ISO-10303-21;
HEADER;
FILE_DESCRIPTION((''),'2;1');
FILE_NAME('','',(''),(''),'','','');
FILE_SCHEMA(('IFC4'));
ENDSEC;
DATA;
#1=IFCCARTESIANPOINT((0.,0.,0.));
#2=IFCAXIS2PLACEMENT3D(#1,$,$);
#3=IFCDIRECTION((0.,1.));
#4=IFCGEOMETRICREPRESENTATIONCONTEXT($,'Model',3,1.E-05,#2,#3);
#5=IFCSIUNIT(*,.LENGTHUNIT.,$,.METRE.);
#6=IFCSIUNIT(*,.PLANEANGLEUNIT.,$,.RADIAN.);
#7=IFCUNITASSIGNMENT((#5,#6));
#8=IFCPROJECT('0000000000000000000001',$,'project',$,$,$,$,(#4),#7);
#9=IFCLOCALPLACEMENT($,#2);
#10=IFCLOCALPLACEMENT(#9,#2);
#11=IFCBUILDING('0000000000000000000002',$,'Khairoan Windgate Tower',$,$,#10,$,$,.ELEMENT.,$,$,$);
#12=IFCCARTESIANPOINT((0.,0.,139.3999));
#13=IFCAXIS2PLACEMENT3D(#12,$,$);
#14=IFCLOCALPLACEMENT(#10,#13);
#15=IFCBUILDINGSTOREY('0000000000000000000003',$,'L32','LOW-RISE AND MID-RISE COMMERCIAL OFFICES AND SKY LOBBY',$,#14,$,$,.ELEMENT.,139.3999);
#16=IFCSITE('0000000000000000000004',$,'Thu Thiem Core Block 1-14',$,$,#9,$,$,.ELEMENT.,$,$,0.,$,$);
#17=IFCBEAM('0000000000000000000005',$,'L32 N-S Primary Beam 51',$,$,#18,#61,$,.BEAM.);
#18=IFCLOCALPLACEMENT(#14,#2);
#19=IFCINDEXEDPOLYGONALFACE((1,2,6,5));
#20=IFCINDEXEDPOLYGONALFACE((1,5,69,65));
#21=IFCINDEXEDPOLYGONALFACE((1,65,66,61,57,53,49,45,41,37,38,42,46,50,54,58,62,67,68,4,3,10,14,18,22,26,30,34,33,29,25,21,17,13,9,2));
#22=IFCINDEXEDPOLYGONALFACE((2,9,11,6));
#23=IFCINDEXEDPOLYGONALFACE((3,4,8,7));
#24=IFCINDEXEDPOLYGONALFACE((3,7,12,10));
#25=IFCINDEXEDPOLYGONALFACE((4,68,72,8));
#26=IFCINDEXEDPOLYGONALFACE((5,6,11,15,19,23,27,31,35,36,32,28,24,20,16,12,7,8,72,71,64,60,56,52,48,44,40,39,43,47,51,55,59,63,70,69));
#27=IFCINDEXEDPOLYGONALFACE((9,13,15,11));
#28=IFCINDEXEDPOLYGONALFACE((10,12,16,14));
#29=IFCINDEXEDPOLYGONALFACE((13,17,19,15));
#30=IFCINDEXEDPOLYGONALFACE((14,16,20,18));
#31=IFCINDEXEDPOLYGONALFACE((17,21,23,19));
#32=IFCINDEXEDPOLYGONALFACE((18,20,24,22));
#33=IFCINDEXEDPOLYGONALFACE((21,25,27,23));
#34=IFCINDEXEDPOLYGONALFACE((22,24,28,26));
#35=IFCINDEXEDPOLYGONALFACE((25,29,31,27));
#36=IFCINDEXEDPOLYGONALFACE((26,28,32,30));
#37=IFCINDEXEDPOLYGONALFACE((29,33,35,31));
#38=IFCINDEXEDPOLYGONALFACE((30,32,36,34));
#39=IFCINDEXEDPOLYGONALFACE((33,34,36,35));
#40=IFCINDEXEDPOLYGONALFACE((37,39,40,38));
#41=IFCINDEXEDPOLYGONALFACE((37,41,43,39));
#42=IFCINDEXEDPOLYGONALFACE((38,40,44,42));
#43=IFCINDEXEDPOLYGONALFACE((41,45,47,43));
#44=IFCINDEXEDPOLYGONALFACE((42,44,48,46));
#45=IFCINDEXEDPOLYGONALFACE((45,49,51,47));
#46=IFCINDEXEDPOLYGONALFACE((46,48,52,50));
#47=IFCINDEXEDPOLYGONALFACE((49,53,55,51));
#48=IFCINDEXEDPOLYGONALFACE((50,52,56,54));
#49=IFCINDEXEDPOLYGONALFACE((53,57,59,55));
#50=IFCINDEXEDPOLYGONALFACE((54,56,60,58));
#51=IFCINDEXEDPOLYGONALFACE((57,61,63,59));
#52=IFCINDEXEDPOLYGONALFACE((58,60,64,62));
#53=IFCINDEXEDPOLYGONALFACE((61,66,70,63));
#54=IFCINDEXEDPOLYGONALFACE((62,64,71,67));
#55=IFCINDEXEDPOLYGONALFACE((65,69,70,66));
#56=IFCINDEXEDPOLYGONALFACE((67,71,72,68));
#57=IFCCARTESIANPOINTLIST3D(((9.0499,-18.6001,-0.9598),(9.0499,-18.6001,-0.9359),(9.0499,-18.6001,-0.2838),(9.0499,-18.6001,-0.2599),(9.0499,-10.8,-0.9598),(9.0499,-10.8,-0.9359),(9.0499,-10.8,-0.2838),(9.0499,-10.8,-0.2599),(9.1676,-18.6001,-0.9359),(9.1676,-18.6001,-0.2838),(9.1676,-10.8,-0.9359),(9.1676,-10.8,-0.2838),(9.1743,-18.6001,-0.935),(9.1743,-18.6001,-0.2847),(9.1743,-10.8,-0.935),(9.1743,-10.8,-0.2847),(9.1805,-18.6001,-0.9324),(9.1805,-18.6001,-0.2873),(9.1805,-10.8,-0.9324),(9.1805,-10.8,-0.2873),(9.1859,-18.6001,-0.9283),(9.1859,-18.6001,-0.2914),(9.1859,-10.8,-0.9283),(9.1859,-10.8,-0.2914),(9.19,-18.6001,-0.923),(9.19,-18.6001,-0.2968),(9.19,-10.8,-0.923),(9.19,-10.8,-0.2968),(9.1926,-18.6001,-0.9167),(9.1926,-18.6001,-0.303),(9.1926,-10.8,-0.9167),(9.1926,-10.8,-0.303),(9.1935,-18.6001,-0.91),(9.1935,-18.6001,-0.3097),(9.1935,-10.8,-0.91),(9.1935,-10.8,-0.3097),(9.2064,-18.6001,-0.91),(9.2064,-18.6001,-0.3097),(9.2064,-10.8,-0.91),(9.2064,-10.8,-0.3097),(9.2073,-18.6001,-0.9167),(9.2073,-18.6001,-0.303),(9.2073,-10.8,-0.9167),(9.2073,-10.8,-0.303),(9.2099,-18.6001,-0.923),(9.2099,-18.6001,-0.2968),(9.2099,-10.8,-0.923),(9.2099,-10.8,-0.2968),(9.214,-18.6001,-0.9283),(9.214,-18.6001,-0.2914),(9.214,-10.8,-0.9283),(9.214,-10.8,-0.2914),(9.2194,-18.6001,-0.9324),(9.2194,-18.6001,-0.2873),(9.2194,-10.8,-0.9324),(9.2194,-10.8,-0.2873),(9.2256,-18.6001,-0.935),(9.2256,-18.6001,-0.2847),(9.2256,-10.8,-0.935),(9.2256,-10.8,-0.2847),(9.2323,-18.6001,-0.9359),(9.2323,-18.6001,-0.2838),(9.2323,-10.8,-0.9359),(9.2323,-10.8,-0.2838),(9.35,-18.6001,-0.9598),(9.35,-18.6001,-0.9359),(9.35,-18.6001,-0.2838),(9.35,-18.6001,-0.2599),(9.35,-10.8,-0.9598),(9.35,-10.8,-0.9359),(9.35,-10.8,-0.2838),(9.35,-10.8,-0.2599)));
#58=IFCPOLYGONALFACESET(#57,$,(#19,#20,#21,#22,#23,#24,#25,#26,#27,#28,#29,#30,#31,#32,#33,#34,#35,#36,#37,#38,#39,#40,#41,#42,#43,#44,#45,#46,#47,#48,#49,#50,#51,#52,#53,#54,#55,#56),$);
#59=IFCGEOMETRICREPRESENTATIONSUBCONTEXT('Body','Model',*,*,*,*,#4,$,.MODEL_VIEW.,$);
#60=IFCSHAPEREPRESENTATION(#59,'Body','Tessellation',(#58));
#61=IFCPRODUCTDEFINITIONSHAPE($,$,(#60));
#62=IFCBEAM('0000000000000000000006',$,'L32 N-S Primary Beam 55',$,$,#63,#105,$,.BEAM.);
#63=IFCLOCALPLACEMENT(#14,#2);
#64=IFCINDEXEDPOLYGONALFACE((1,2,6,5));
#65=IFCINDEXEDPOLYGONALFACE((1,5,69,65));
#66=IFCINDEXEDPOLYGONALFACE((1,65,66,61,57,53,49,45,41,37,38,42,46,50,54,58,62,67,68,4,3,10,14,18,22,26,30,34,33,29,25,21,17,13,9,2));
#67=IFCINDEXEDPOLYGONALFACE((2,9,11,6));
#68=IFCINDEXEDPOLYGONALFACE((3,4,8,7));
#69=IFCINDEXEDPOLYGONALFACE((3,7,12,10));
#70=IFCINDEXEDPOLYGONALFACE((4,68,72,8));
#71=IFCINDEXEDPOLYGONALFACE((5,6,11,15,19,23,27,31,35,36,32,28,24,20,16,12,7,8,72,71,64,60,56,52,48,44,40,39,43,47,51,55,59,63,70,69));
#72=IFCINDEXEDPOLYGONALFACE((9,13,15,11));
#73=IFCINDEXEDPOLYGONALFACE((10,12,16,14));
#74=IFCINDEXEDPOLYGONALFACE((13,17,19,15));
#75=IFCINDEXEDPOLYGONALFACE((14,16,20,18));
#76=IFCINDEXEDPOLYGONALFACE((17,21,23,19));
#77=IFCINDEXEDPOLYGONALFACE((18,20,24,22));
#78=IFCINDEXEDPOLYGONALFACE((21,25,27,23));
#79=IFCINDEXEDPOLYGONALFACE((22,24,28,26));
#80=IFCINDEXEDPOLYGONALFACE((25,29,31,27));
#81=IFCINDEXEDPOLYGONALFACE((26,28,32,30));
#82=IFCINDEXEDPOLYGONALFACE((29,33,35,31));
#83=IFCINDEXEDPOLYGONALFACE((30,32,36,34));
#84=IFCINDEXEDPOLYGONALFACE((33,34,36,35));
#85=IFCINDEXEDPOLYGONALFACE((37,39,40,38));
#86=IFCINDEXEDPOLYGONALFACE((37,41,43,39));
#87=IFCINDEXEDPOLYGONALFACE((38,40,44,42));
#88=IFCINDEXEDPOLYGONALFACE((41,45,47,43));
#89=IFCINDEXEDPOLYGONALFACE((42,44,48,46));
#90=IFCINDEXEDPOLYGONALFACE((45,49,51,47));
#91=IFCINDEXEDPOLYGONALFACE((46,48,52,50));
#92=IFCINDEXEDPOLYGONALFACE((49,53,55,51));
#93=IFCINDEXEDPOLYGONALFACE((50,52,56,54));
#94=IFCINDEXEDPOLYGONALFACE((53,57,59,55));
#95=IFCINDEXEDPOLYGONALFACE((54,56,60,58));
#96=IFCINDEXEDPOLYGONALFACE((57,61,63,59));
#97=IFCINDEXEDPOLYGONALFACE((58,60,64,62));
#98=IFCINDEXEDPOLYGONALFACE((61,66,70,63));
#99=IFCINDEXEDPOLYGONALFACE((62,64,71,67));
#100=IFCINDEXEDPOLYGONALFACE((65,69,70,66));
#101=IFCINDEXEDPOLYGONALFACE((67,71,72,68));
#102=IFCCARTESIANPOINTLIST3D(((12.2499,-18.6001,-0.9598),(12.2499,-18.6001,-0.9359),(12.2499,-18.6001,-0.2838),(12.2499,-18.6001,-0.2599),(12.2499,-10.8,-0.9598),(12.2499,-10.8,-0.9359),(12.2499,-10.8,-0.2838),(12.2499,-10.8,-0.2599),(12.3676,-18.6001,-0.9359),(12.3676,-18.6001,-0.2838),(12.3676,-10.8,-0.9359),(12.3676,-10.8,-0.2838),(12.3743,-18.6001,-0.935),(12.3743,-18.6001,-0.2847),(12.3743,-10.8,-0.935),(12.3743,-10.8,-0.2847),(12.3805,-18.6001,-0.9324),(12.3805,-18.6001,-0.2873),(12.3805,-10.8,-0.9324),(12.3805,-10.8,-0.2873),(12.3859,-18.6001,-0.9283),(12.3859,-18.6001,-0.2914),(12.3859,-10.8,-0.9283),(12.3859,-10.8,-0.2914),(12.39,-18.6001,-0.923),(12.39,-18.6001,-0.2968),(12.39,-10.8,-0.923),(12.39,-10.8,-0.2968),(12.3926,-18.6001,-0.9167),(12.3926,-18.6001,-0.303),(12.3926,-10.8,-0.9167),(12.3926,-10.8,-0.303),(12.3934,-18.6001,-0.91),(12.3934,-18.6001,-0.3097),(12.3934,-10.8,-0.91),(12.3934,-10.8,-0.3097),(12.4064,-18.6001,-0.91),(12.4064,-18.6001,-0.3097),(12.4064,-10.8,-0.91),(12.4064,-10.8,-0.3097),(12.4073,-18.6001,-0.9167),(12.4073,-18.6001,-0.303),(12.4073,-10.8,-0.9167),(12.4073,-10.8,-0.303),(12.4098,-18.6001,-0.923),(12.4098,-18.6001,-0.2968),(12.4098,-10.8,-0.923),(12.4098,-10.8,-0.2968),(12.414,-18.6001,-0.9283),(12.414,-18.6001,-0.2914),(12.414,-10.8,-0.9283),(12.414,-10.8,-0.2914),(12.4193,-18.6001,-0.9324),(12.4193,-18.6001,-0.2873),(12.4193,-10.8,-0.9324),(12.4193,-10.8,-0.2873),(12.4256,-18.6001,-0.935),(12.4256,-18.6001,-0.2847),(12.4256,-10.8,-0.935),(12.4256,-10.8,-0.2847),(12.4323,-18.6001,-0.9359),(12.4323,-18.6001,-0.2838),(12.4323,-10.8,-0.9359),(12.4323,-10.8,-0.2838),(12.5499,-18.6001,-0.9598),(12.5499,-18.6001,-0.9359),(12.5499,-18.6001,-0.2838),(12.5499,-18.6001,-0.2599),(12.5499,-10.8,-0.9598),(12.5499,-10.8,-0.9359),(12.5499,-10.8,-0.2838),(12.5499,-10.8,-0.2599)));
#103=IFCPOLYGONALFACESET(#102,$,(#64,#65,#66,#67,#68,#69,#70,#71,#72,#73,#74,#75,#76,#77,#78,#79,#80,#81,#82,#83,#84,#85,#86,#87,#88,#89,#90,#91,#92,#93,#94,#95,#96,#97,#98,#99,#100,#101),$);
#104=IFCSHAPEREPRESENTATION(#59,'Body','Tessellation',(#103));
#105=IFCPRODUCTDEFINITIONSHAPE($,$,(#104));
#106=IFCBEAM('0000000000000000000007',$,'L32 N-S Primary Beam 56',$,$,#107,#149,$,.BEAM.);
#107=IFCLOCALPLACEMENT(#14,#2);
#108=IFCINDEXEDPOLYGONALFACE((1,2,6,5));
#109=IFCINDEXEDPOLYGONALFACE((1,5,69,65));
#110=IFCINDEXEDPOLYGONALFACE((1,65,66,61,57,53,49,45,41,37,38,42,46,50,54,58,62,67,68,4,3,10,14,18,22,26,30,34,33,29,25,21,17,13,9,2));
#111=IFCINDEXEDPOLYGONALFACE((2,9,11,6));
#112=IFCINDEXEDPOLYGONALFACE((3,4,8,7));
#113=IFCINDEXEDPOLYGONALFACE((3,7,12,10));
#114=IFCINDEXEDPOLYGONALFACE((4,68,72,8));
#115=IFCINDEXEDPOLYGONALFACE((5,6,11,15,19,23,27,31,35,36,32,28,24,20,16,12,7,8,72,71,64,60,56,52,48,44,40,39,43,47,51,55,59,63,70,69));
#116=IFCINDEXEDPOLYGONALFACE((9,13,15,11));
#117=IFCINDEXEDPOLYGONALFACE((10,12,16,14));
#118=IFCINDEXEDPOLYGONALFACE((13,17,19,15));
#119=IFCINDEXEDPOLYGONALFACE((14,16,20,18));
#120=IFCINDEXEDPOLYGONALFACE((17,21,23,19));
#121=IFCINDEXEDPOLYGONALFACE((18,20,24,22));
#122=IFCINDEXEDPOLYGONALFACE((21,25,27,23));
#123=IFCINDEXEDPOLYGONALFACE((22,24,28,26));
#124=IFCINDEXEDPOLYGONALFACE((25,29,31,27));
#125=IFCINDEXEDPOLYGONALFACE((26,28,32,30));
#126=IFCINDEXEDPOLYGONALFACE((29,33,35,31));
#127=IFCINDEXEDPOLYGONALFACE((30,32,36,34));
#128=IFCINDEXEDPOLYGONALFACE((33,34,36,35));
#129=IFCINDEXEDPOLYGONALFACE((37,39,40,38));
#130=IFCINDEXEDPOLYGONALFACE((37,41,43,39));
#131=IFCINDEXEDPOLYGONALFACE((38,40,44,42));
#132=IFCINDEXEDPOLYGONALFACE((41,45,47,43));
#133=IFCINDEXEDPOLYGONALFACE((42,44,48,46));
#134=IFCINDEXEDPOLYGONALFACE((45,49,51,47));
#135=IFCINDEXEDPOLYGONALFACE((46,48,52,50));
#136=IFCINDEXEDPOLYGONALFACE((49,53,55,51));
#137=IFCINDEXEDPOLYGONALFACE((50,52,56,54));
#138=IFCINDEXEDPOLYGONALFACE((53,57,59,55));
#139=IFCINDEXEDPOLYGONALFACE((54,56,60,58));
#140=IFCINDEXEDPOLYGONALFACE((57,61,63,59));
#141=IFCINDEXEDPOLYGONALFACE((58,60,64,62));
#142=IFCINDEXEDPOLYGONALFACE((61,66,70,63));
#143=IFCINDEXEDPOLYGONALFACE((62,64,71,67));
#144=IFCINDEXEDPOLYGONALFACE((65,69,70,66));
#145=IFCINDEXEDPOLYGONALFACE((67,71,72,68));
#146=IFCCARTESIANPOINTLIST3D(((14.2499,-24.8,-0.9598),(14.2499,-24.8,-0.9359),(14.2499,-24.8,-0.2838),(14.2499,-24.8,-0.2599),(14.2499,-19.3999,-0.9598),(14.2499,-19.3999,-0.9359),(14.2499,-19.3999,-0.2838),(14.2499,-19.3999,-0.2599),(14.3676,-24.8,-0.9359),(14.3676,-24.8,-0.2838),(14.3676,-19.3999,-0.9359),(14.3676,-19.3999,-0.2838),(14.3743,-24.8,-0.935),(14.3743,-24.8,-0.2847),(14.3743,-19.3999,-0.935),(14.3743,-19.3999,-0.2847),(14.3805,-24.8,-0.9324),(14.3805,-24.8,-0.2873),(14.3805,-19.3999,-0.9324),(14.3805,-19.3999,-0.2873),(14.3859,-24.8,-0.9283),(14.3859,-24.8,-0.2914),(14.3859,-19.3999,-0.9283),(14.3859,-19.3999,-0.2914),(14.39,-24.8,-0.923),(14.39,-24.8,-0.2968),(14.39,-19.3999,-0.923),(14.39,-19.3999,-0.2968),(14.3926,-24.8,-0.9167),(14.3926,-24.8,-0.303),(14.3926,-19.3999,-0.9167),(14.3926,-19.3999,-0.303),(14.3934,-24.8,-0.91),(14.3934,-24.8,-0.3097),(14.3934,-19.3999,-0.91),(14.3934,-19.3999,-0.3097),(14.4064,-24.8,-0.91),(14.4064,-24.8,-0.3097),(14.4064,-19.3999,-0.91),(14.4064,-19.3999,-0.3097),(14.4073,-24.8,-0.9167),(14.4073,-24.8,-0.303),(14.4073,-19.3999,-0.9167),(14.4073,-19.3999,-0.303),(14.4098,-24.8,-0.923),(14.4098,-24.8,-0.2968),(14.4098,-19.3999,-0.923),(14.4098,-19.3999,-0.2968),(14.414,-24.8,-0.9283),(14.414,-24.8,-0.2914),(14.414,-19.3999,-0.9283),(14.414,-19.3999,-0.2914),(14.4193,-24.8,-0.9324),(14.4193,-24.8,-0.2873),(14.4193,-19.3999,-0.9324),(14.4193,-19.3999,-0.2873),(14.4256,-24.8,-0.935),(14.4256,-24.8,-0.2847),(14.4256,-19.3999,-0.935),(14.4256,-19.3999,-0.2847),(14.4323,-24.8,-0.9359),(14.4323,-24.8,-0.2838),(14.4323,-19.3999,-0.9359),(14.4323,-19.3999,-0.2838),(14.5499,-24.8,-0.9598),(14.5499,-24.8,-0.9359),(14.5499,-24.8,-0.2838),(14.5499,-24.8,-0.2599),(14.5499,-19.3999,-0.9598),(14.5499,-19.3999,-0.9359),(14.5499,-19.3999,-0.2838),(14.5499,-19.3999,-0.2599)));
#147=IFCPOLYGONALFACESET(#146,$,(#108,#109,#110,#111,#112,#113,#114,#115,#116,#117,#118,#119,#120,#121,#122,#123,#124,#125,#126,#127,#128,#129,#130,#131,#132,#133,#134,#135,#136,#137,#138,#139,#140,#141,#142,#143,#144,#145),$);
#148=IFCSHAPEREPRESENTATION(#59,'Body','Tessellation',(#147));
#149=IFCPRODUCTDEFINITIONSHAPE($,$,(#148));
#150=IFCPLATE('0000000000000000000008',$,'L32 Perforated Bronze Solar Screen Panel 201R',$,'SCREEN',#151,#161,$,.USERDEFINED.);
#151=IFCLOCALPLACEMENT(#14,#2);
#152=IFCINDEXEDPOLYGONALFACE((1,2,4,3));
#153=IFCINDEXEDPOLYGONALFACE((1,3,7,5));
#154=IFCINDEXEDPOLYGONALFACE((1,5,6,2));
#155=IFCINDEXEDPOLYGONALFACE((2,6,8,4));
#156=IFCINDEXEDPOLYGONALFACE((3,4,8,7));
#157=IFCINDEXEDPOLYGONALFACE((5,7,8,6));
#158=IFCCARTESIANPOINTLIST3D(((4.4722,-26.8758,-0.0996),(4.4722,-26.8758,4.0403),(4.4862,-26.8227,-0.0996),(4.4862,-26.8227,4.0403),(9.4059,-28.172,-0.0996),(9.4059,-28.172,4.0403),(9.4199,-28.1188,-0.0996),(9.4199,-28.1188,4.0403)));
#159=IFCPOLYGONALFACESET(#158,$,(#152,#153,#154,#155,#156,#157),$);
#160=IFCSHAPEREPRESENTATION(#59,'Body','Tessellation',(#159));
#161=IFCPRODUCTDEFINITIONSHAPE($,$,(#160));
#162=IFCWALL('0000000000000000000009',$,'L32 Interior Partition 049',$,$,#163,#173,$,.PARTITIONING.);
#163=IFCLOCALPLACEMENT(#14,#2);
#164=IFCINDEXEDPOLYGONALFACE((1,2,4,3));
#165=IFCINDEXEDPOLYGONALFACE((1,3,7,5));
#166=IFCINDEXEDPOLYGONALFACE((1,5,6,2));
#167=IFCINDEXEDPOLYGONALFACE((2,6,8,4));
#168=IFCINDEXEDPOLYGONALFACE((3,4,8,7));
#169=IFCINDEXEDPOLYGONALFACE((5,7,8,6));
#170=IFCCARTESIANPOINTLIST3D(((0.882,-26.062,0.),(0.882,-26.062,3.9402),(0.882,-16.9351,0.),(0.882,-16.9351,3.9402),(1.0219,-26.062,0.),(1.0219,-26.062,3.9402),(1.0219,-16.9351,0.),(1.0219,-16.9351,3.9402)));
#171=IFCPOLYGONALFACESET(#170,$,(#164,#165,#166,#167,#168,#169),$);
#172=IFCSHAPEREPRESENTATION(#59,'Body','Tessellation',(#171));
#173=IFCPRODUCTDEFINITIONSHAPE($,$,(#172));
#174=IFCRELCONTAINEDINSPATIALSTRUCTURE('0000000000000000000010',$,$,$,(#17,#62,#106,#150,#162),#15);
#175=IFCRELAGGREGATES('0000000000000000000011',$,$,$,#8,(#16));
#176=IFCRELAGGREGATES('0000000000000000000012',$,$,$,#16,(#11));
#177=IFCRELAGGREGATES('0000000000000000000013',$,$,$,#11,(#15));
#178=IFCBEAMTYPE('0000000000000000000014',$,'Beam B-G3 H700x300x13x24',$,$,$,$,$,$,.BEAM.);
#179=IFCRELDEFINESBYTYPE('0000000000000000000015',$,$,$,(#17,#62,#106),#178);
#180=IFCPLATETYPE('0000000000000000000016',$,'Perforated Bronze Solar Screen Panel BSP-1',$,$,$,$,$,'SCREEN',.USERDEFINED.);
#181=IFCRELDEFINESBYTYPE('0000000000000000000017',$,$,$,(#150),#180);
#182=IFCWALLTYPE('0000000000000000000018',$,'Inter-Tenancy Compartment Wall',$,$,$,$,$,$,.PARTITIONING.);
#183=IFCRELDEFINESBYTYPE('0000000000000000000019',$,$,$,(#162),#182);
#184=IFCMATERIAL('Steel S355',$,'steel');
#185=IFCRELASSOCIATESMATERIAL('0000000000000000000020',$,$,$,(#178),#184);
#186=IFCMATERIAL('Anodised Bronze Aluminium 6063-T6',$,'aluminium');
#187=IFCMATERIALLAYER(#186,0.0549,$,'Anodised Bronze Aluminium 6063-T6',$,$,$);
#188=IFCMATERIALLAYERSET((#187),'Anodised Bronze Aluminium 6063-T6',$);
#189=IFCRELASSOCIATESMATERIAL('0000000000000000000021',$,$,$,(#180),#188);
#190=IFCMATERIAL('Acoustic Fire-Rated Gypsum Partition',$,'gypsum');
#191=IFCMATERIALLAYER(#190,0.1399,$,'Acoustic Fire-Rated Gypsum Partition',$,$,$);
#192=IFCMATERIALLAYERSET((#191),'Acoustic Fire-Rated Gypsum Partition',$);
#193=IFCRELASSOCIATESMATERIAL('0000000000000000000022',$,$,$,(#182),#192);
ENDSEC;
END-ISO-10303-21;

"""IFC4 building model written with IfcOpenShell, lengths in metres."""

from ifc_helpers import new_model, si_unit, direction, frame, frame_2d, origin, origin_2d, place, context, subcontext, project, spatial, rectangle, i_section, extrude, material, layer, layer_set, material_profile, profile_set, type_object, element, save


model = new_model("IFC4")

# Units and contexts
model_context = context("Model", 3, precision=1e-05, world=origin(), true_north=direction((0.0, 1.0)))
body_context = subcontext(model_context, "Body", "Model", "MODEL_VIEW")
ifc_project = project(units=[si_unit("LENGTHUNIT", "METRE"), si_unit("PLANEANGLEUNIT", "RADIAN")], contexts=[model_context])

# Site, building, storey
site_placement = place(None, origin())
site = spatial("IfcSite", under=ifc_project, at=site_placement, Name="Thu Thiem Core Block 1-14", CompositionType="ELEMENT", RefElevation=0.0)
building_placement = place(site_placement, origin())
building = spatial("IfcBuilding", under=site, at=building_placement, Name="Khairoan Windgate Tower", CompositionType="ELEMENT")
storey_placement = place(building_placement, frame((0.0, 0.0, 139.3999)))
storey = spatial("IfcBuildingStorey", under=building, at=storey_placement, Name="L32", Description="LOW-RISE AND MID-RISE COMMERCIAL OFFICES AND SKY LOBBY", CompositionType="ELEMENT", Elevation=139.3999)

# Beams
ifc_material_1 = material(Name="Steel S355", Category="steel")
ifc_material_profile_1 = material_profile(ifc_material_1, i_section(OverallWidth=0.3, OverallDepth=0.7, WebThickness=0.0129, FlangeThickness=0.0239, FilletRadius=0.0259, at=origin_2d()))
ifc_profile_set_1 = profile_set([ifc_material_profile_1], Name="Steel S355")
beam_type = type_object("IfcBeamType", Name="Beam B-G3 H700x300x13x24", PredefinedType="BEAM", material=ifc_profile_set_1)
for number, where, z_axis, x_axis, name in (
    (1, (9.2, -18.6001, -0.6099), (0.0, 1.0, 0.0), (-1.0, 0.0, 0.0), "L32 N-S Primary Beam 51"),
    (2, (12.3999, -18.6001, -0.6099), (0.0, 1.0, 0.0), (-1.0, 0.0, 0.0), "L32 N-S Primary Beam 55"),
):
    element("IfcBeam", number, at=place(storey_placement, frame(where, z_axis=z_axis, x_axis=x_axis)), inside=storey, type_object=beam_type, Name=name, PredefinedType="BEAM", context=body_context, shape_type="SweptSolid", body=[
        extrude(i_section(OverallWidth=0.3, OverallDepth=0.7, WebThickness=0.0129, FlangeThickness=0.0239, FilletRadius=0.0259, at=origin_2d()), origin(), (0.0, 0.0, 1.0), 7.8),
    ])
beam_1_placement = place(storey_placement, frame((14.3999, -24.8, -0.6099), z_axis=(0.0, 1.0, 0.0), x_axis=(-1.0, 0.0, 0.0)))
element("IfcBeam", 3, at=beam_1_placement, inside=storey, type_object=beam_type, Name="L32 N-S Primary Beam 56", PredefinedType="BEAM", context=body_context, shape_type="SweptSolid", body=[
    extrude(i_section(OverallWidth=0.3, OverallDepth=0.7, WebThickness=0.0129, FlangeThickness=0.0239, FilletRadius=0.0259, at=origin_2d()), origin(), (0.0, 0.0, 1.0), 5.4001),
])

# Plate
ifc_material_2 = material(Name="Anodised Bronze Aluminium 6063-T6", Category="aluminium")
ifc_layer_1 = layer(ifc_material_2, 0.0549, Name="Anodised Bronze Aluminium 6063-T6")
ifc_layer_set_1 = layer_set([ifc_layer_1], Name="Anodised Bronze Aluminium 6063-T6")
plate_type = type_object("IfcPlateType", Name="Perforated Bronze Solar Screen Panel BSP-1", ElementType="SCREEN", PredefinedType="USERDEFINED", material=ifc_layer_set_1)
plate_placement = place(storey_placement, frame((6.946, -27.4973, -0.0996), z_axis=(0.0, 0.0, 1.0), x_axis=(-0.967179, 0.254096, 0.0)))
element("IfcPlate", 4, at=plate_placement, inside=storey, type_object=plate_type, Name="L32 Perforated Bronze Solar Screen Panel 201R", ObjectType="SCREEN", PredefinedType="USERDEFINED", context=body_context, shape_type="SweptSolid", body=[
    extrude(rectangle(XDim=5.1011, YDim=0.0549, at=origin_2d()), origin(), (0.0, 0.0, 1.0), 4.1399),
])

# Wall
ifc_material_3 = material(Name="Acoustic Fire-Rated Gypsum Partition", Category="gypsum")
ifc_layer_2 = layer(ifc_material_3, 0.1399, Name="Acoustic Fire-Rated Gypsum Partition")
ifc_layer_set_2 = layer_set([ifc_layer_2], Name="Acoustic Fire-Rated Gypsum Partition")
wall_type_1 = type_object("IfcWallType", Name="Inter-Tenancy Compartment Wall", PredefinedType="PARTITIONING", material=ifc_layer_set_2)
wall_1_placement = place(storey_placement, frame((0.9519, -26.062, 0.0), z_axis=(0.0, 0.0, 1.0), x_axis=(0.0, 1.0, 0.0)))
element("IfcWall", 5, at=wall_1_placement, inside=storey, type_object=wall_type_1, Name="L32 Interior Partition 049", PredefinedType="PARTITIONING", context=body_context, shape_type="SweptSolid", body=[
    extrude(rectangle(XDim=9.127, YDim=0.1399, at=frame_2d((4.5635, 0.0))), origin(), (0.0, 0.0, 1.0), 3.9402),
])

save(model, "model.ifc")
